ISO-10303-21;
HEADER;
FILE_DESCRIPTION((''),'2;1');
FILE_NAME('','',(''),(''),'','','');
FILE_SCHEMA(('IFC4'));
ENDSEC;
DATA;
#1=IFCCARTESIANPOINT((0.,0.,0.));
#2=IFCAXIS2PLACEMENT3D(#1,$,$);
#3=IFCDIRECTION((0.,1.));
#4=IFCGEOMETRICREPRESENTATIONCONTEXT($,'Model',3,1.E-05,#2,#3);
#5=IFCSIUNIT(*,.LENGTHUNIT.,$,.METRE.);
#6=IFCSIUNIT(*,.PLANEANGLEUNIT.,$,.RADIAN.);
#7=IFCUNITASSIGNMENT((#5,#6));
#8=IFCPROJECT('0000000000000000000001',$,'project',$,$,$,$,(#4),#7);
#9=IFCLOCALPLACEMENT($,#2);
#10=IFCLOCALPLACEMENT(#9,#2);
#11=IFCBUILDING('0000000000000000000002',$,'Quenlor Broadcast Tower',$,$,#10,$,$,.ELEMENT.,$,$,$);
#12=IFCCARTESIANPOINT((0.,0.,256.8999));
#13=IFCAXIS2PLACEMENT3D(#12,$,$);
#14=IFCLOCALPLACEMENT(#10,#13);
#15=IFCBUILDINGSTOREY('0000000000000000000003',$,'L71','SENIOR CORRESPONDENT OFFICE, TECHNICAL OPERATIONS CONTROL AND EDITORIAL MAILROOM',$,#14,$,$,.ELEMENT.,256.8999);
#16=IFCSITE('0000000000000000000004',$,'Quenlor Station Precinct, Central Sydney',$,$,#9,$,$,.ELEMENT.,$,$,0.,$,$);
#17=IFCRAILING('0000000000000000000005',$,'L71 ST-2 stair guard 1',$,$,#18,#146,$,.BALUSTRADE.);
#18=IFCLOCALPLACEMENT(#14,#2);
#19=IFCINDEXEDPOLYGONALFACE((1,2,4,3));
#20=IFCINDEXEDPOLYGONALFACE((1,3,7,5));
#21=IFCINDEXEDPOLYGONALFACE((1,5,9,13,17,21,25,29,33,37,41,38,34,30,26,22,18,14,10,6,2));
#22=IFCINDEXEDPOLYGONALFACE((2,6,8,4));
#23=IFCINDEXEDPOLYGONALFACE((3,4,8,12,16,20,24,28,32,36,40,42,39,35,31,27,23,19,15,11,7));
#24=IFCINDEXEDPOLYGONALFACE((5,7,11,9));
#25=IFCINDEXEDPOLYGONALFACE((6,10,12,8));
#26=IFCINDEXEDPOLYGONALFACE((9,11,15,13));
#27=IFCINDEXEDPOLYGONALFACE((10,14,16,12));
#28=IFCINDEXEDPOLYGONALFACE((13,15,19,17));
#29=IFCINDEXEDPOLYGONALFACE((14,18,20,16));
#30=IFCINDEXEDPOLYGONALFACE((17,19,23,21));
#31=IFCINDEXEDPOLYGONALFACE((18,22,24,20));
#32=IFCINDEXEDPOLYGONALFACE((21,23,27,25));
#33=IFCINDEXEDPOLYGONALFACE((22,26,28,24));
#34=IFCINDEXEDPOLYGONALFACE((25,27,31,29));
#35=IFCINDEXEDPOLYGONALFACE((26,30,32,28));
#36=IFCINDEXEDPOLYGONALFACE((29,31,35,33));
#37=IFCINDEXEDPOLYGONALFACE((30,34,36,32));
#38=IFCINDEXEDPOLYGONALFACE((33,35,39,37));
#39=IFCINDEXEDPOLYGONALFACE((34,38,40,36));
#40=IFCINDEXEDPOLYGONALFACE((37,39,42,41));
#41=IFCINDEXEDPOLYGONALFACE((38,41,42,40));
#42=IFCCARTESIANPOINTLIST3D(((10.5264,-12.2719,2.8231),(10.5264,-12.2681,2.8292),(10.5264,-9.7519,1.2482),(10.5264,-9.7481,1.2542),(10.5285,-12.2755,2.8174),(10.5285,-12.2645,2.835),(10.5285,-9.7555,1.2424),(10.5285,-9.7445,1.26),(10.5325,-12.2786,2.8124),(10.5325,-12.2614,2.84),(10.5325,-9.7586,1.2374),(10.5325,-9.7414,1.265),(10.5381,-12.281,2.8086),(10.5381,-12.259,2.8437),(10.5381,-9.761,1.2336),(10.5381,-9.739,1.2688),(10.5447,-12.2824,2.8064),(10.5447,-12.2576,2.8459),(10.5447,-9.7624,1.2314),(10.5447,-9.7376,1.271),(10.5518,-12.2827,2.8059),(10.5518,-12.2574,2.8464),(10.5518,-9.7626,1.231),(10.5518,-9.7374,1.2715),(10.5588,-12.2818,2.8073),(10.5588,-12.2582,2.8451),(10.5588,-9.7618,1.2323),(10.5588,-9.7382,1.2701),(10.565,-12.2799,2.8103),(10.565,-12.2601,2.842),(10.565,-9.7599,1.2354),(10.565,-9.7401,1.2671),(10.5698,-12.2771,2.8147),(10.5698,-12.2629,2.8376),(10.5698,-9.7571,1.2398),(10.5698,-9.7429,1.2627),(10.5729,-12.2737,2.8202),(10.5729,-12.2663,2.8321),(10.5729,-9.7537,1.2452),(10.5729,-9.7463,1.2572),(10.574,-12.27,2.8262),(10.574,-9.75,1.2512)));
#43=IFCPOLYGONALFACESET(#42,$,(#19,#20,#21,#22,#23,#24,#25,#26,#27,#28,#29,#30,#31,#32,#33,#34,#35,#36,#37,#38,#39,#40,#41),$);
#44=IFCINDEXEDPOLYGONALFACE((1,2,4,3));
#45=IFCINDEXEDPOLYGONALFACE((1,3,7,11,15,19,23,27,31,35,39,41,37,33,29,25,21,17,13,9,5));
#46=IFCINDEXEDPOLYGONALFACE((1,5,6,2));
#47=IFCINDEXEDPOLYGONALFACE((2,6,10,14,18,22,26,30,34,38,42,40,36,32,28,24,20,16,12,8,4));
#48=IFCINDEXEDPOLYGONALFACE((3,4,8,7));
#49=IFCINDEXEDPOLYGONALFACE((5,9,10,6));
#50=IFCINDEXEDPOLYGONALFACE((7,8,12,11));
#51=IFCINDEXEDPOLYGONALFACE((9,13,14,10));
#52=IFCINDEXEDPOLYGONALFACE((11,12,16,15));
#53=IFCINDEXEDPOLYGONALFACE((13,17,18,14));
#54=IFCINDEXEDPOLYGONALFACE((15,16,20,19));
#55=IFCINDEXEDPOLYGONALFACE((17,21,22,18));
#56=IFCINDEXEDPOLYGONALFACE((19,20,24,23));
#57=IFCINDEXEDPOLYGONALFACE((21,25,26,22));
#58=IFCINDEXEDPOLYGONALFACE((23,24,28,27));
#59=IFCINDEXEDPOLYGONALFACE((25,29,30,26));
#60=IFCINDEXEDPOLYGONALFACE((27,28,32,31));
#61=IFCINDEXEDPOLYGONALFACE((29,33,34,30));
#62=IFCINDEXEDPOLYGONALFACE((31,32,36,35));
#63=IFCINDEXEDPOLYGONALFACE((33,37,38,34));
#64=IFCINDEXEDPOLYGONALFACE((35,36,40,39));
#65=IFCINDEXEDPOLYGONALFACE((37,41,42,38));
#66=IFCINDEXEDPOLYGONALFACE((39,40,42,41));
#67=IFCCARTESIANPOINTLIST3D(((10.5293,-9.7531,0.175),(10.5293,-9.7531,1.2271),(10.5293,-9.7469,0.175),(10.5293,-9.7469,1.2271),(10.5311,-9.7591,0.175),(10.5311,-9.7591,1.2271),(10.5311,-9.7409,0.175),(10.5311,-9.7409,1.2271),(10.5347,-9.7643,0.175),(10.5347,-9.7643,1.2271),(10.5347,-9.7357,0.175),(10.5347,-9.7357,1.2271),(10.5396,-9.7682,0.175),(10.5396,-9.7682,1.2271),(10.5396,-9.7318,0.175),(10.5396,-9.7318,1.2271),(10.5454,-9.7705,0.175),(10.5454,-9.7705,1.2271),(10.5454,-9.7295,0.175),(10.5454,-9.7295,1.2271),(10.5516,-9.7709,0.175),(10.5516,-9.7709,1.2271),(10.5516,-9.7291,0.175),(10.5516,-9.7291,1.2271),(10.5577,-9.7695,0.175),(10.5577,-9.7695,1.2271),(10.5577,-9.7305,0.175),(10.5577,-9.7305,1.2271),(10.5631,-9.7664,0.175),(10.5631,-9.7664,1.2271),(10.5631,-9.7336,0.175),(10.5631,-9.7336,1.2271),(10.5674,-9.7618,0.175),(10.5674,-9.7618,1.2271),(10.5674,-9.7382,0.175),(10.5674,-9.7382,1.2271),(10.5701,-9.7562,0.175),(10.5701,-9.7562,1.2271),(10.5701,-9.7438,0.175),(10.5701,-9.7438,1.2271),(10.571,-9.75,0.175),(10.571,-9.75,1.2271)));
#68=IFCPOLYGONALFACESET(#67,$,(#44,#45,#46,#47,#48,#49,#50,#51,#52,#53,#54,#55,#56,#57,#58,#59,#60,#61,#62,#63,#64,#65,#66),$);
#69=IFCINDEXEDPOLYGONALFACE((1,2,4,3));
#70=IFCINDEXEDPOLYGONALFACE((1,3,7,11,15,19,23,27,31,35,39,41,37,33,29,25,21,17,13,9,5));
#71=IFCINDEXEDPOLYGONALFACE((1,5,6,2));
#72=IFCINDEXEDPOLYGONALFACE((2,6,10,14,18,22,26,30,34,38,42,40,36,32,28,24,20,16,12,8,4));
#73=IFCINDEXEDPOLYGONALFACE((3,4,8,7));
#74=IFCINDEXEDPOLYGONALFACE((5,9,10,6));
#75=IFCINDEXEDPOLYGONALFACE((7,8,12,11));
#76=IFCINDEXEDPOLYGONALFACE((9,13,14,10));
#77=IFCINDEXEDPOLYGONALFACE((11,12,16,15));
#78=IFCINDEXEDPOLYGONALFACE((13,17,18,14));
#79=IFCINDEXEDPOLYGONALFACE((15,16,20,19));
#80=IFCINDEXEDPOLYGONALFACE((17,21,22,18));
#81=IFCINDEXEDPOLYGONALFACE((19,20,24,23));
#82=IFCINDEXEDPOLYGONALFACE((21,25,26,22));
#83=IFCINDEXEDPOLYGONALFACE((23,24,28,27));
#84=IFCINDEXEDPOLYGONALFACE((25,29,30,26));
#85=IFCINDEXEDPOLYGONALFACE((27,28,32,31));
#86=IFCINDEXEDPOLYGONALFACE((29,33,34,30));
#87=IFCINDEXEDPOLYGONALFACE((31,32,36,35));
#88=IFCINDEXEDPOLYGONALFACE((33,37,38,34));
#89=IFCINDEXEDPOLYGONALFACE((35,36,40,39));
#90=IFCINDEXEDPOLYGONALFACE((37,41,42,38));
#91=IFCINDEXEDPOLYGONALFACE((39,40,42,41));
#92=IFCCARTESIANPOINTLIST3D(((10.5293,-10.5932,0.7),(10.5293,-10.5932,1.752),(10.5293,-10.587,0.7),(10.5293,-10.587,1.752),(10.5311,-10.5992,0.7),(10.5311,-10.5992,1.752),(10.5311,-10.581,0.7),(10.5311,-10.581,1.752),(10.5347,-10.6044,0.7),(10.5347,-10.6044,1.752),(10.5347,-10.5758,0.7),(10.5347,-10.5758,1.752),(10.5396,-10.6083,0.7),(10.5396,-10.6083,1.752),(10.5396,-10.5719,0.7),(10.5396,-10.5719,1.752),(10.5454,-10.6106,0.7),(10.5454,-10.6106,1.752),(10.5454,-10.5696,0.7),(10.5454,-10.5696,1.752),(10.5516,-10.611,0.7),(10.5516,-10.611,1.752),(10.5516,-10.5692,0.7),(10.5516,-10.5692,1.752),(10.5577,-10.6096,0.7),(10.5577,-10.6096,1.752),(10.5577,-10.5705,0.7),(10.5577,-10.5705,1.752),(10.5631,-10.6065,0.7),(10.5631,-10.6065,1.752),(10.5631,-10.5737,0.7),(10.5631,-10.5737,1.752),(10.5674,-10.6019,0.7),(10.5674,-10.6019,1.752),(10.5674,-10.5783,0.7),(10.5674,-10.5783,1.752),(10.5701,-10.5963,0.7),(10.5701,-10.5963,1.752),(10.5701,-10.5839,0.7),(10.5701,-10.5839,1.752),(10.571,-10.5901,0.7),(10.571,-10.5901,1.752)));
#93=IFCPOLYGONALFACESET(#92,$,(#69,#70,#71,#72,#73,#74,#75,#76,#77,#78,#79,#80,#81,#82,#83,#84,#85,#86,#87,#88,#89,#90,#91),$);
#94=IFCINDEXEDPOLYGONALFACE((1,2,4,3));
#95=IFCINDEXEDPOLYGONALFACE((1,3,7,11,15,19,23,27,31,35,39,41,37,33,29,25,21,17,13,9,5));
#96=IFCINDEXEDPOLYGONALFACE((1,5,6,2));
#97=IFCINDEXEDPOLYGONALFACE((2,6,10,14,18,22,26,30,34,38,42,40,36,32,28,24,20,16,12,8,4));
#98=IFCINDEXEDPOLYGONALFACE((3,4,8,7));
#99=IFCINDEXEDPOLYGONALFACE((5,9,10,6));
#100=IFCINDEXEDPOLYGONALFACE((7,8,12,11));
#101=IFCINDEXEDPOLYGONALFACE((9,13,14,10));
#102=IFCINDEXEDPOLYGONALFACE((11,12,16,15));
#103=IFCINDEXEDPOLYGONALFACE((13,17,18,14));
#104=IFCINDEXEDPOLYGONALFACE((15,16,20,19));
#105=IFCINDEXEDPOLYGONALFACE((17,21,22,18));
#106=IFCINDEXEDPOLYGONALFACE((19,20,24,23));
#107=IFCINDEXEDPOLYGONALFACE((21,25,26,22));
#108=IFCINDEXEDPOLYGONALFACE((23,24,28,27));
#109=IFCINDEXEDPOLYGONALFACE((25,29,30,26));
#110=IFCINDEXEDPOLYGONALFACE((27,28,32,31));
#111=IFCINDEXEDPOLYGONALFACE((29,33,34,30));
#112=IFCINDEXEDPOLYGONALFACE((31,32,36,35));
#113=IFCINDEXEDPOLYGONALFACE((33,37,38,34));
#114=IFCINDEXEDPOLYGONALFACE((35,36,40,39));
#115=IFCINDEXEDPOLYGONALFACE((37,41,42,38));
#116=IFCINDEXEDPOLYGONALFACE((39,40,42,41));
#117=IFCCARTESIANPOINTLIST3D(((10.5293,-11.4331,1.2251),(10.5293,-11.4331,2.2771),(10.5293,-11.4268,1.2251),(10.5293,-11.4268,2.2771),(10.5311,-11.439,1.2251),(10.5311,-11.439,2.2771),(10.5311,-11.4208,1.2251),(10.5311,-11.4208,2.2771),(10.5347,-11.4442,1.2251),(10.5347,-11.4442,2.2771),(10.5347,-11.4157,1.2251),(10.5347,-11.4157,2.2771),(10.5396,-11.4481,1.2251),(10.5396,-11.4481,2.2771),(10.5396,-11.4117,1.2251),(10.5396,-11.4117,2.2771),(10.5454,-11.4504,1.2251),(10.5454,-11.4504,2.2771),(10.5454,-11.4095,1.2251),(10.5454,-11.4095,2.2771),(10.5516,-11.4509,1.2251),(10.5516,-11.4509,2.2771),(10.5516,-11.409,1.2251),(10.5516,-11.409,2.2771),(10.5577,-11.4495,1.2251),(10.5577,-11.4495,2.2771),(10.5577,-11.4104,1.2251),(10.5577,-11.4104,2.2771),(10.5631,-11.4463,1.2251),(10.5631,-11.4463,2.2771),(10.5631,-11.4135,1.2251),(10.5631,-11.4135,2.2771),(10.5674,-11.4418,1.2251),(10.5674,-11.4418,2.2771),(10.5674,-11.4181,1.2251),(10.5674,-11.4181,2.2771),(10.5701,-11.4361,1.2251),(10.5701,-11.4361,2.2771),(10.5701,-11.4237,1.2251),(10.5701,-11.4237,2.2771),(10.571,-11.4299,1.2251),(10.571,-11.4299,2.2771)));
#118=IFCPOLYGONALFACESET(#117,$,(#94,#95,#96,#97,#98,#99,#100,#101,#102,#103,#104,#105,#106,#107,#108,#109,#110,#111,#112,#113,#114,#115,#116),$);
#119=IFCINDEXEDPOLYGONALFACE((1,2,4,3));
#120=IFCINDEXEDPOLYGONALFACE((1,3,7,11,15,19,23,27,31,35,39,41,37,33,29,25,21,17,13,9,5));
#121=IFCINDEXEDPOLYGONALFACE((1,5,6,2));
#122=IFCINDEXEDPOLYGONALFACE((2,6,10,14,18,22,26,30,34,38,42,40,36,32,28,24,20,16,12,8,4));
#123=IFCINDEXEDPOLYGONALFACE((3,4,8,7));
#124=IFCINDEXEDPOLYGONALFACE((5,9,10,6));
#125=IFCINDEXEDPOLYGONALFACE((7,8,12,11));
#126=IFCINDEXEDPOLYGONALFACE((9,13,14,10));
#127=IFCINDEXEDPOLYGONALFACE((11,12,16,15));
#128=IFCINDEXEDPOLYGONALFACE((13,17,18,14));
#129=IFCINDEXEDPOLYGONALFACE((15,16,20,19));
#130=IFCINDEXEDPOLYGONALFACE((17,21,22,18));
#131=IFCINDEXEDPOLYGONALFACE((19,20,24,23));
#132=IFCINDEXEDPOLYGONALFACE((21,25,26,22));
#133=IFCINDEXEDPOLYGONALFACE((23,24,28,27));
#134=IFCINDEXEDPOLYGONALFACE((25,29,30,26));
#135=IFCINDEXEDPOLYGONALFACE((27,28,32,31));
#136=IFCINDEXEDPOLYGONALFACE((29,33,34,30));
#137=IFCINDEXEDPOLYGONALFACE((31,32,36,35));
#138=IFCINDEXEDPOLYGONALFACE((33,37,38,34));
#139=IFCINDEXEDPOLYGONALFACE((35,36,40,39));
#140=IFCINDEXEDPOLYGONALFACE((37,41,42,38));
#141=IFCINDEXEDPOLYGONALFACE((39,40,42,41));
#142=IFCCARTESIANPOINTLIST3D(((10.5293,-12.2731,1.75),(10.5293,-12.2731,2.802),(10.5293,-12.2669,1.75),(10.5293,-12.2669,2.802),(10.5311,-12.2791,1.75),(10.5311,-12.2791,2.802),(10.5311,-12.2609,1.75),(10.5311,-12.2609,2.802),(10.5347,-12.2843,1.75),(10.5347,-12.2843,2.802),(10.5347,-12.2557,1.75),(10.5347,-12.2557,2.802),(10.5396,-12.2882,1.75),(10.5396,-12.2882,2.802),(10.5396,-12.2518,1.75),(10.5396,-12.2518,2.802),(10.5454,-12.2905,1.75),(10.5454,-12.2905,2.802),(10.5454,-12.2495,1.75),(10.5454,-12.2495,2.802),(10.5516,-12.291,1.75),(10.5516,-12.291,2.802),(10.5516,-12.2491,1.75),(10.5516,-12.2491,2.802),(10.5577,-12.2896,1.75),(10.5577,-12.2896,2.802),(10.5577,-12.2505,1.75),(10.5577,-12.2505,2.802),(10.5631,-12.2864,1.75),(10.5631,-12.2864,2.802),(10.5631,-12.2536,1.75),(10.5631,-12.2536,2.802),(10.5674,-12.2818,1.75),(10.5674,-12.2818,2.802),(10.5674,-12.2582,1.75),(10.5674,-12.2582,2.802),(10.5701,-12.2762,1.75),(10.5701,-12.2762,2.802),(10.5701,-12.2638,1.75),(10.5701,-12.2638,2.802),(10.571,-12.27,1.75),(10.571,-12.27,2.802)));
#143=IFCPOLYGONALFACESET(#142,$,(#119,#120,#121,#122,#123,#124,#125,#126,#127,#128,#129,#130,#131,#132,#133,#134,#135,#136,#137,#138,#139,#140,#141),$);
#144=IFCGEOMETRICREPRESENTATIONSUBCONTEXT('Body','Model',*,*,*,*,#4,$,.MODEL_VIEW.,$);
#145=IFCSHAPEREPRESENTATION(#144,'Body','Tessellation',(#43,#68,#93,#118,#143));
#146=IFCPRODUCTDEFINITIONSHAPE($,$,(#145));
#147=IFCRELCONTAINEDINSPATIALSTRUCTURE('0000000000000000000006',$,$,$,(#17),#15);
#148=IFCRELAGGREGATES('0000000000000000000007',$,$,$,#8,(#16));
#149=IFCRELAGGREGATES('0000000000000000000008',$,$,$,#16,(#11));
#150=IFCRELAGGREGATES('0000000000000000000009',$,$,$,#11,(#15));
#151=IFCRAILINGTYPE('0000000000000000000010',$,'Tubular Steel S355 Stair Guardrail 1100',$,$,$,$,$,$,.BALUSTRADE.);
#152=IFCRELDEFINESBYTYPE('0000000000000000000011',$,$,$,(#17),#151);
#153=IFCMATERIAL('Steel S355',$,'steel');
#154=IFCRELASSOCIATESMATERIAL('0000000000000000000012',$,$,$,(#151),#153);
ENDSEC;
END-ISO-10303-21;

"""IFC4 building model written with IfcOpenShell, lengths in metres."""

from ifc_helpers import new_model, si_unit, direction, frame, origin, origin_2d, place, context, subcontext, project, spatial, circle, extrude, material, type_object, element, save


model = new_model("IFC4")

# Units and contexts
model_context = context("Model", 3, precision=1e-05, world=origin(), true_north=direction((0.0, 1.0)))
body_context = subcontext(model_context, "Body", "Model", "MODEL_VIEW")
ifc_project = project(units=[si_unit("LENGTHUNIT", "METRE"), si_unit("PLANEANGLEUNIT", "RADIAN")], contexts=[model_context])

# Site, building, storey
site_placement = place(None, origin())
site = spatial("IfcSite", under=ifc_project, at=site_placement, Name="Quenlor Station Precinct, Central Sydney", CompositionType="ELEMENT", RefElevation=0.0)
building_placement = place(site_placement, origin())
building = spatial("IfcBuilding", under=site, at=building_placement, Name="Quenlor Broadcast Tower", CompositionType="ELEMENT")
storey_placement = place(building_placement, frame((0.0, 0.0, 256.8999)))
storey = spatial("IfcBuildingStorey", under=building, at=storey_placement, Name="L71", Description="SENIOR CORRESPONDENT OFFICE, TECHNICAL OPERATIONS CONTROL AND EDITORIAL MAILROOM", CompositionType="ELEMENT", Elevation=256.8999)

# Railing
ifc_material_1 = material(Name="Steel S355", Category="steel")
railing_type_1 = type_object("IfcRailingType", Name="Tubular Steel S355 Stair Guardrail 1100", PredefinedType="BALUSTRADE", material=ifc_material_1)
railing_1_placement = place(storey_placement, frame((10.55, -9.75, 0.175)))
element("IfcRailing", 1, at=railing_1_placement, inside=storey, type_object=railing_type_1, Name="L71 ST-2 stair guard 1", PredefinedType="BALUSTRADE", context=body_context, shape_type="SweptSolid", body=[
    extrude(circle(Radius=0.0239, at=origin_2d()), frame((0.0, 0.0, 1.0762), z_axis=(0.0, -0.848008, 0.529984), x_axis=(1.0, 0.0, 0.0)), (0.0, 0.0, 1.0), 2.9717),
    extrude(circle(Radius=0.021, at=origin_2d()), origin(), (0.0, 0.0, 1.0), 1.052),
    extrude(circle(Radius=0.021, at=origin_2d()), frame((0.0, -0.8401, 0.5249)), (0.0, 0.0, 1.0), 1.052),
    extrude(circle(Radius=0.021, at=origin_2d()), frame((0.0, -1.6799, 1.05)), (0.0, 0.0, 1.0), 1.052),
    extrude(circle(Radius=0.021, at=origin_2d()), frame((0.0, -2.52, 1.575)), (0.0, 0.0, 1.0), 1.052),
])

save(model, "model.ifc")
